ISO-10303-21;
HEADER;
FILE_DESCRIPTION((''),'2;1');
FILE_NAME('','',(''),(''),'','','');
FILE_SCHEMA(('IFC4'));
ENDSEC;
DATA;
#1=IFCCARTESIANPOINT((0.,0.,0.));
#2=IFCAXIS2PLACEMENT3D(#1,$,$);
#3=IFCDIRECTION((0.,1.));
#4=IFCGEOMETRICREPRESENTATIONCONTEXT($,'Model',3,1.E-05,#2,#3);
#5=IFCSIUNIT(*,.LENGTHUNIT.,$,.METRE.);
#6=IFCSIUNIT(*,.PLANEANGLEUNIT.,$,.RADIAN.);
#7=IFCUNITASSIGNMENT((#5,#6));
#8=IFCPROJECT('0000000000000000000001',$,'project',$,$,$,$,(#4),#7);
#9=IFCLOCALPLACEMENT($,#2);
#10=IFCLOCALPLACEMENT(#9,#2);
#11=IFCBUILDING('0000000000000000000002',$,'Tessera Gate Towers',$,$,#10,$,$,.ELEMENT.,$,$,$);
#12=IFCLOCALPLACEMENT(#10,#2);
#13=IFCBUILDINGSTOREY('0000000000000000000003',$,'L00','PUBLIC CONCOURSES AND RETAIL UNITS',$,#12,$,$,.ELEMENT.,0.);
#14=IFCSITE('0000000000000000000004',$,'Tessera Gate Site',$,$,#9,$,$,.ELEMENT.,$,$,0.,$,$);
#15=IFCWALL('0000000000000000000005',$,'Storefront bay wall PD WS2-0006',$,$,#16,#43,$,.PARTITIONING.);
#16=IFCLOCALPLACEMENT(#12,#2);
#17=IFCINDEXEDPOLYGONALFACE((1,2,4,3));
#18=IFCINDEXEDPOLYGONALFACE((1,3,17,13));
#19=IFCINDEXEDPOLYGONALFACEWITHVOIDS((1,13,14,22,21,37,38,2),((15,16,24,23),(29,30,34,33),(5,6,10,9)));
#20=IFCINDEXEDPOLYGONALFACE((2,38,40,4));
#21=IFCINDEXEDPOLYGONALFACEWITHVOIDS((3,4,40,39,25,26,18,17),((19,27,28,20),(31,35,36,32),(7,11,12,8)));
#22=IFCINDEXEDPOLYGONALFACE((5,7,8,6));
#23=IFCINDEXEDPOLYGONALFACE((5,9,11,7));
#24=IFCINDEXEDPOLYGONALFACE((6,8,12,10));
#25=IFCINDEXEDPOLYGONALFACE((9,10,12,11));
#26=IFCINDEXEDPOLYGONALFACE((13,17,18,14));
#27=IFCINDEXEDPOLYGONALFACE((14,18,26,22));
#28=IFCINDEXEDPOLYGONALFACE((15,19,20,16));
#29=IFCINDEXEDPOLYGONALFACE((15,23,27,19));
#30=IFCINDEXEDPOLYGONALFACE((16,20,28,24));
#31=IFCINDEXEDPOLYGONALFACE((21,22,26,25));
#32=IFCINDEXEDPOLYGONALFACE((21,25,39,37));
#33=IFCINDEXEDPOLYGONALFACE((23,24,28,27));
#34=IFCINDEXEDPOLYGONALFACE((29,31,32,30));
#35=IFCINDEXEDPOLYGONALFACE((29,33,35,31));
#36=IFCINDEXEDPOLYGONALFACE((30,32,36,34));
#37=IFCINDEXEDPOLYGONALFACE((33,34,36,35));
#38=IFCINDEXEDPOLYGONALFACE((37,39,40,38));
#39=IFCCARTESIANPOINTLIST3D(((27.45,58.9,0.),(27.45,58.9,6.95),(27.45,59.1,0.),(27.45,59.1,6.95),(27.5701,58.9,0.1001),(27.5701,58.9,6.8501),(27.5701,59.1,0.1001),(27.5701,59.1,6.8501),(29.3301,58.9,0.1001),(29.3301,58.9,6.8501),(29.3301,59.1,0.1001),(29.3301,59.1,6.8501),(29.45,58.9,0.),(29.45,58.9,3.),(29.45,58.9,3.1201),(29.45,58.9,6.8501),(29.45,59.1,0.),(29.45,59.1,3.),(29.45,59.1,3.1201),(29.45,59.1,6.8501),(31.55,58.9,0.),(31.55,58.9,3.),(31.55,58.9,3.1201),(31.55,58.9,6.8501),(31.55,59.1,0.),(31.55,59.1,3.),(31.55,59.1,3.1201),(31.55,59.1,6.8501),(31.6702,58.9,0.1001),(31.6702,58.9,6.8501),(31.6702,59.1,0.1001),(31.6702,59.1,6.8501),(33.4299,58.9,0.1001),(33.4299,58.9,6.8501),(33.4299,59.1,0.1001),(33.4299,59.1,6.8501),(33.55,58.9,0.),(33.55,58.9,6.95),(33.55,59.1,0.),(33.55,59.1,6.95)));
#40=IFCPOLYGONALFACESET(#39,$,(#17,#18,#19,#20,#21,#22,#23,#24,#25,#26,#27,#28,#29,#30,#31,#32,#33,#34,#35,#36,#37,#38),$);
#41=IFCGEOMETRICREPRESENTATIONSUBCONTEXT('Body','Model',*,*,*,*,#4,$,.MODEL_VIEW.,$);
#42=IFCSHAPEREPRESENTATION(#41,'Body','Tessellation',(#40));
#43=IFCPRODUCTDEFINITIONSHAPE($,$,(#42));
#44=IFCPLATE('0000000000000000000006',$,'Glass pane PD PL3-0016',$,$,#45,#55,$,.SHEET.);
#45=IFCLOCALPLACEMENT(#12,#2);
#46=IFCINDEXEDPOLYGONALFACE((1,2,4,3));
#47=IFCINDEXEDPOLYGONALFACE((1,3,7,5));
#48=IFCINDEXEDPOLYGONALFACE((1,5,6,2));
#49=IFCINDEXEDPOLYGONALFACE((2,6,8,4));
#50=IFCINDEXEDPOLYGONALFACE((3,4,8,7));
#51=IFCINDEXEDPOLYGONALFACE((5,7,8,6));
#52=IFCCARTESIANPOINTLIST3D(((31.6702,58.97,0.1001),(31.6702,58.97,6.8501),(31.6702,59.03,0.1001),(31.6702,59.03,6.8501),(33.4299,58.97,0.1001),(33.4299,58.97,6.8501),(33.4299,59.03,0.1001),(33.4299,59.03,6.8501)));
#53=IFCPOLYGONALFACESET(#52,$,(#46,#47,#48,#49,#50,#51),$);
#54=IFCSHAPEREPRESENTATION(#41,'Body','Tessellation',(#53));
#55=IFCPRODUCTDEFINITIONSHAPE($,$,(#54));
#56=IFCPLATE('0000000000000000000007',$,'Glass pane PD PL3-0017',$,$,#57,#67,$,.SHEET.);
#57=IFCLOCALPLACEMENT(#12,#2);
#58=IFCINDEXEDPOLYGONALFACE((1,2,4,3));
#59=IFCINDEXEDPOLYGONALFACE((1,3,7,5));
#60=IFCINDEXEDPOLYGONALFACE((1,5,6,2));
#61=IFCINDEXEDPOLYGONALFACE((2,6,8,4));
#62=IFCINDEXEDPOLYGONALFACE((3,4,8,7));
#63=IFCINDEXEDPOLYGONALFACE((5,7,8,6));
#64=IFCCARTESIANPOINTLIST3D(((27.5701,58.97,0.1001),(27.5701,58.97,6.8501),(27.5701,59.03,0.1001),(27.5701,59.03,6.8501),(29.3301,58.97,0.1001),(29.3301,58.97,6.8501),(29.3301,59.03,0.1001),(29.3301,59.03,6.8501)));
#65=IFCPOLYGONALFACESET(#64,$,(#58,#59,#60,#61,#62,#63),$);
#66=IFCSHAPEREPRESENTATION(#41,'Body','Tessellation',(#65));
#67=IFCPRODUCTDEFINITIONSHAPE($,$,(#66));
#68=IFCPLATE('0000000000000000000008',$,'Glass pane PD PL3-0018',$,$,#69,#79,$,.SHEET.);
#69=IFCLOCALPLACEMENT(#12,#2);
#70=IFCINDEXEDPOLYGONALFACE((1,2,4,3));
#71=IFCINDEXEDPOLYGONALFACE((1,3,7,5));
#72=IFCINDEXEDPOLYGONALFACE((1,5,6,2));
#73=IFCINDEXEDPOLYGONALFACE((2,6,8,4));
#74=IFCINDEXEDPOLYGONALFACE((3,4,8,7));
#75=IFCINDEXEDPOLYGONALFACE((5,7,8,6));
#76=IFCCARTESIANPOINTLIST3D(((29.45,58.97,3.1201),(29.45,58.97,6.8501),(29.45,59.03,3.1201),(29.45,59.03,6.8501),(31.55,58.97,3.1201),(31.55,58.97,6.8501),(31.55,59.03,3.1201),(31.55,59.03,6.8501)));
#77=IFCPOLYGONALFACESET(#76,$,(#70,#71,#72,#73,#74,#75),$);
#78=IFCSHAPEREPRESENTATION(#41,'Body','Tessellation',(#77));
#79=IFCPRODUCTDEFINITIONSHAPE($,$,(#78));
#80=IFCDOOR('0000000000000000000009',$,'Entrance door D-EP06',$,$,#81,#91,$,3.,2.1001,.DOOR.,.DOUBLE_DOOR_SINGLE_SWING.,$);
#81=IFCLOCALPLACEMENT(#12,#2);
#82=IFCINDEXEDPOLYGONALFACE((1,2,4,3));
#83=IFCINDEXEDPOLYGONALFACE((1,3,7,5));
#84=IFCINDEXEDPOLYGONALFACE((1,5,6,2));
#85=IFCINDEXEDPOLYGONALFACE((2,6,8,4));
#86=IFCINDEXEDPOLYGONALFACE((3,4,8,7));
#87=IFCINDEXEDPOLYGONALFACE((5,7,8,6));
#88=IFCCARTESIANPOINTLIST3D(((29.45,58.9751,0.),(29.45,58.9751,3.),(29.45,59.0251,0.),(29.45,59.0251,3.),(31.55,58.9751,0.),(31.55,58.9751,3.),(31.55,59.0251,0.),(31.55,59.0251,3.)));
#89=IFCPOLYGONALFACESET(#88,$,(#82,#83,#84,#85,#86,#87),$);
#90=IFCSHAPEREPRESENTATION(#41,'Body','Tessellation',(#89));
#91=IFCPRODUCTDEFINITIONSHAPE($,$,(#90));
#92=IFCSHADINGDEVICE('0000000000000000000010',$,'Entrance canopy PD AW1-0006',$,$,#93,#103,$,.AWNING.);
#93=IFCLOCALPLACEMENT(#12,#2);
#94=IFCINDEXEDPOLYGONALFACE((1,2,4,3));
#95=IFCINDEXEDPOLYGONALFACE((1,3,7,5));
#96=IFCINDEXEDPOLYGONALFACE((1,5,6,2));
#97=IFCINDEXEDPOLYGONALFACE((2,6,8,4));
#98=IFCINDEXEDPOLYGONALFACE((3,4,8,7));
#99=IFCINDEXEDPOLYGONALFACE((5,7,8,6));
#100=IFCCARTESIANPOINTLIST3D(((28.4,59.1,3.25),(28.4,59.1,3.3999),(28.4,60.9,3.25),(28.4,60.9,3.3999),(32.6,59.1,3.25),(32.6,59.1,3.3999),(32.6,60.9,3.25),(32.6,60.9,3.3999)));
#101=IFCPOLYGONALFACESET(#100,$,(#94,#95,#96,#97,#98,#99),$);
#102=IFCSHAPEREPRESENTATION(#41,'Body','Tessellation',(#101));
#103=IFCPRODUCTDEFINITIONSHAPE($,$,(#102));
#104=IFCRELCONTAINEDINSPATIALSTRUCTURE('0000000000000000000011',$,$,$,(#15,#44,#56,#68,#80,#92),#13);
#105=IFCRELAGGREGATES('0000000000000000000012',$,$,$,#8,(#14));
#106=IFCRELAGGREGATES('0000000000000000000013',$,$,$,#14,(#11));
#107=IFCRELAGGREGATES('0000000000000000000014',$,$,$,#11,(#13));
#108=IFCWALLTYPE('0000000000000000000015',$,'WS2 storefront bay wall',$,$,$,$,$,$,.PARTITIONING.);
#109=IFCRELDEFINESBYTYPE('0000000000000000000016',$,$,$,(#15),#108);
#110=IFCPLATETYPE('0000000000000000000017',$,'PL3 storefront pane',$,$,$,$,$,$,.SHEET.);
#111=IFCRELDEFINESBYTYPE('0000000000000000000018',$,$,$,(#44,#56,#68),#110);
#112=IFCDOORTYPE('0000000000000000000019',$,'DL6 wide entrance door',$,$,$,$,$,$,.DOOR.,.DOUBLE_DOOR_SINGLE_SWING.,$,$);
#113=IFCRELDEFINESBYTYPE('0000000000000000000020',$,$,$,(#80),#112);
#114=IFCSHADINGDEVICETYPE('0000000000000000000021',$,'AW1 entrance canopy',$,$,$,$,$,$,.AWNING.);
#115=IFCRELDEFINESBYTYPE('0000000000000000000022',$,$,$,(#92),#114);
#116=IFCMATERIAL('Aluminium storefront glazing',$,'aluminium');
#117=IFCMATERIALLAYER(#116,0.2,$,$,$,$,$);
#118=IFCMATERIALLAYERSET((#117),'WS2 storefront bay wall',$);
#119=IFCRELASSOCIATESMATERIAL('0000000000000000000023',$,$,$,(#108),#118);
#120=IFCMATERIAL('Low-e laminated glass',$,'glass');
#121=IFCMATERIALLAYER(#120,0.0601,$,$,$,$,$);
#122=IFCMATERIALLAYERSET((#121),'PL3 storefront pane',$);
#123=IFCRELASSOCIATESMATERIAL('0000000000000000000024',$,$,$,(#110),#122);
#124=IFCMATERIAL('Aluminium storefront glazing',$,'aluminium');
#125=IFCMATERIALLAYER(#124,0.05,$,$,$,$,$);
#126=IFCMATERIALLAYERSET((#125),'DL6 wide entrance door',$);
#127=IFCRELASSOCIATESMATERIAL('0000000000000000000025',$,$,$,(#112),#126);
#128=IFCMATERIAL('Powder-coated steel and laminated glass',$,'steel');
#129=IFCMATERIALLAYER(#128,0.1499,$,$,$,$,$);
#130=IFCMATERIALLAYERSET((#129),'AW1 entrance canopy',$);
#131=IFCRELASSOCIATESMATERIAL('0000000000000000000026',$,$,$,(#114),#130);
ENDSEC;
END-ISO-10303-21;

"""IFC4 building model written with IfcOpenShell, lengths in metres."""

from ifc_helpers import new_model, si_unit, direction, frame, frame_2d, origin, origin_2d, place, context, subcontext, project, spatial, polyline, rectangle, outline, extrude, source, transform, mapped, material, layer, layer_set, type_object, element, fill, save


model = new_model("IFC4")

# Units and contexts
model_context = context("Model", 3, precision=1e-05, world=origin(), true_north=direction((0.0, 1.0)))
body_context = subcontext(model_context, "Body", "Model", "MODEL_VIEW")
ifc_project = project(units=[si_unit("LENGTHUNIT", "METRE"), si_unit("PLANEANGLEUNIT", "RADIAN")], contexts=[model_context])

# Site, building, storey
site_placement = place(None, origin())
site = spatial("IfcSite", under=ifc_project, at=site_placement, Name="Tessera Gate Site", CompositionType="ELEMENT", RefElevation=0.0)
building_placement = place(site_placement, origin())
building = spatial("IfcBuilding", under=site, at=building_placement, Name="Tessera Gate Towers", CompositionType="ELEMENT")
storey_placement = place(building_placement, origin())
storey = spatial("IfcBuildingStorey", under=building, at=storey_placement, Name="L00", Description="PUBLIC CONCOURSES AND RETAIL UNITS", CompositionType="ELEMENT", Elevation=0.0)

# Wall, openings, plates, door
ifc_material_1 = material(Name="Aluminium storefront glazing", Category="aluminium")
ifc_layer_1 = layer(ifc_material_1, 0.2)
ifc_layer_set_1 = layer_set([ifc_layer_1], Name="WS2 storefront bay wall")
wall_type_1 = type_object("IfcWallType", Name="WS2 storefront bay wall", PredefinedType="PARTITIONING", material=ifc_layer_set_1)
wall_1_placement = place(storey_placement, frame((33.55, 59.0, 0.0), z_axis=(0.0, 0.0, 1.0), x_axis=(-1.0, 0.0, 0.0)))
wall_1 = element("IfcWall", 1, at=wall_1_placement, inside=storey, type_object=wall_type_1, Name="Storefront bay wall PD WS2-0006", PredefinedType="PARTITIONING", context=body_context, shape_type="SweptSolid", body=[
    extrude(rectangle(XDim=6.1001, YDim=0.2, at=frame_2d((3.05, 0.0))), origin(), (0.0, 0.0, 1.0), 6.95),
])
shared_shape_1 = source(origin(), body_context, "Body", "SweptSolid", [
    extrude(rectangle(XDim=2.1001, YDim=3.0, at=frame_2d((1.05, 1.5))), frame((0.0, 0.1099, 0.0), z_axis=(0.0, -1.0, 0.0), x_axis=(1.0, 0.0, 0.0)), (0.0, 0.0, 1.0), 0.22),
])
opening_1_placement = place(wall_1_placement, frame((2.0, 0.0, 0.0)))
opening_1 = element("IfcOpeningElement", 2, at=opening_1_placement, cuts=wall_1, PredefinedType="OPENING", context=body_context, shape_type="MappedRepresentation", body=[
    mapped(shared_shape_1, transform((0.0, 0.0, 0.0), scale=1.0)),
])
shared_shape_2 = source(origin(), body_context, "Body", "SweptSolid", [
    extrude(outline(polyline([(0.1201, 0.1001), (1.8799, 0.1001), (1.8799, 6.8501), (0.1201, 6.8501), (0.1201, 0.1001)])), frame((0.0, 0.1099, 0.0), z_axis=(0.0, -1.0, 0.0), x_axis=(1.0, 0.0, 0.0)), (0.0, 0.0, 1.0), 0.22),
])
opening_2_placement = place(wall_1_placement, origin())
opening_2 = element("IfcOpeningElement", 3, at=opening_2_placement, cuts=wall_1, PredefinedType="OPENING", context=body_context, shape_type="MappedRepresentation", body=[
    mapped(shared_shape_2, transform((0.0, 0.0, 0.0), scale=1.0)),
])
shared_shape_3 = source(origin(), body_context, "Body", "SweptSolid", [
    extrude(outline(polyline([(4.22, 0.1001), (5.98, 0.1001), (5.98, 6.8501), (4.22, 6.8501), (4.22, 0.1001)])), frame((0.0, 0.1099, 0.0), z_axis=(0.0, -1.0, 0.0), x_axis=(1.0, 0.0, 0.0)), (0.0, 0.0, 1.0), 0.22),
])
opening_3_placement = place(wall_1_placement, origin())
opening_3 = element("IfcOpeningElement", 4, at=opening_3_placement, cuts=wall_1, PredefinedType="OPENING", context=body_context, shape_type="MappedRepresentation", body=[
    mapped(shared_shape_3, transform((0.0, 0.0, 0.0), scale=1.0)),
])
shared_shape_4 = source(origin(), body_context, "Body", "SweptSolid", [
    extrude(outline(polyline([(2.0, 3.1201), (4.1001, 3.1201), (4.1001, 6.8501), (2.0, 6.8501), (2.0, 3.1201)])), frame((0.0, 0.1099, 0.0), z_axis=(0.0, -1.0, 0.0), x_axis=(1.0, 0.0, 0.0)), (0.0, 0.0, 1.0), 0.22),
])
opening_4_placement = place(wall_1_placement, origin())
opening_4 = element("IfcOpeningElement", 5, at=opening_4_placement, cuts=wall_1, PredefinedType="OPENING", context=body_context, shape_type="MappedRepresentation", body=[
    mapped(shared_shape_4, transform((0.0, 0.0, 0.0), scale=1.0)),
])
ifc_material_2 = material(Name="Low-e laminated glass", Category="glass")
ifc_layer_2 = layer(ifc_material_2, 0.0601)
ifc_layer_set_2 = layer_set([ifc_layer_2], Name="PL3 storefront pane")
plate_type_1 = type_object("IfcPlateType", Name="PL3 storefront pane", PredefinedType="SHEET", material=ifc_layer_set_2)
shared_shape_5 = source(origin(), body_context, "Body", "SweptSolid", [
    extrude(outline(polyline([(0.1201, 0.1001), (1.8799, 0.1001), (1.8799, 6.8501), (0.1201, 6.8501), (0.1201, 0.1001)])), frame((0.0, 0.03, 0.0), z_axis=(0.0, -1.0, 0.0), x_axis=(1.0, 0.0, 0.0)), (0.0, 0.0, 1.0), 0.0601),
])
plate_1_placement = place(opening_2_placement, origin())
plate_1 = element("IfcPlate", 6, at=plate_1_placement, inside=storey, type_object=plate_type_1, Name="Glass pane PD PL3-0016", PredefinedType="SHEET", context=body_context, shape_type="MappedRepresentation", body=[
    mapped(shared_shape_5, transform((0.0, 0.0, 0.0), scale=1.0)),
])
fill(opening_2, plate_1)
shared_shape_6 = source(origin(), body_context, "Body", "SweptSolid", [
    extrude(outline(polyline([(4.22, 0.1001), (5.98, 0.1001), (5.98, 6.8501), (4.22, 6.8501), (4.22, 0.1001)])), frame((0.0, 0.03, 0.0), z_axis=(0.0, -1.0, 0.0), x_axis=(1.0, 0.0, 0.0)), (0.0, 0.0, 1.0), 0.0601),
])
plate_2_placement = place(opening_3_placement, origin())
plate_2 = element("IfcPlate", 7, at=plate_2_placement, inside=storey, type_object=plate_type_1, Name="Glass pane PD PL3-0017", PredefinedType="SHEET", context=body_context, shape_type="MappedRepresentation", body=[
    mapped(shared_shape_6, transform((0.0, 0.0, 0.0), scale=1.0)),
])
fill(opening_3, plate_2)
shared_shape_7 = source(origin(), body_context, "Body", "SweptSolid", [
    extrude(outline(polyline([(2.0, 3.1201), (4.1001, 3.1201), (4.1001, 6.8501), (2.0, 6.8501), (2.0, 3.1201)])), frame((0.0, 0.03, 0.0), z_axis=(0.0, -1.0, 0.0), x_axis=(1.0, 0.0, 0.0)), (0.0, 0.0, 1.0), 0.0601),
])
plate_3_placement = place(opening_4_placement, origin())
plate_3 = element("IfcPlate", 8, at=plate_3_placement, inside=storey, type_object=plate_type_1, Name="Glass pane PD PL3-0018", PredefinedType="SHEET", context=body_context, shape_type="MappedRepresentation", body=[
    mapped(shared_shape_7, transform((0.0, 0.0, 0.0), scale=1.0)),
])
fill(opening_4, plate_3)
ifc_material_3 = material(Name="Aluminium storefront glazing", Category="aluminium")
ifc_layer_3 = layer(ifc_material_3, 0.05)
ifc_layer_set_3 = layer_set([ifc_layer_3], Name="DL6 wide entrance door")
door_type = type_object("IfcDoorType", Name="DL6 wide entrance door", OperationType="DOUBLE_DOOR_SINGLE_SWING", PredefinedType="DOOR", material=ifc_layer_set_3)
shared_shape_8 = source(origin(), body_context, "Body", "SweptSolid", [
    extrude(rectangle(XDim=2.1001, YDim=3.0, at=frame_2d((1.05, 1.5))), frame((0.0, 0.0249, 0.0), z_axis=(0.0, -1.0, 0.0), x_axis=(1.0, 0.0, 0.0)), (0.0, 0.0, 1.0), 0.05),
])
door_placement = place(opening_1_placement, origin())
door = element("IfcDoor", 9, at=door_placement, inside=storey, type_object=door_type, Name="Entrance door D-EP06", OperationType="DOUBLE_DOOR_SINGLE_SWING", OverallHeight=3.0, OverallWidth=2.1001, PredefinedType="DOOR", context=body_context, shape_type="MappedRepresentation", body=[
    mapped(shared_shape_8, transform((0.0, 0.0, 0.0), scale=1.0)),
])
fill(opening_1, door)

# Shading device
ifc_material_4 = material(Name="Powder-coated steel and laminated glass", Category="steel")
ifc_layer_4 = layer(ifc_material_4, 0.1499)
ifc_layer_set_4 = layer_set([ifc_layer_4], Name="AW1 entrance canopy")
shading_device_type = type_object("IfcShadingDeviceType", Name="AW1 entrance canopy", PredefinedType="AWNING", material=ifc_layer_set_4)
shading_device_placement = place(storey_placement, frame((30.5, 60.0, 3.25), z_axis=(0.0, 0.0, 1.0), x_axis=(-1.0, 0.0, 0.0)))
element("IfcShadingDevice", 10, at=shading_device_placement, inside=storey, type_object=shading_device_type, Name="Entrance canopy PD AW1-0006", PredefinedType="AWNING", context=body_context, shape_type="SweptSolid", body=[
    extrude(rectangle(XDim=4.2, YDim=1.8, at=origin_2d()), origin(), (0.0, 0.0, 1.0), 0.1499),
])

save(model, "model.ifc")
